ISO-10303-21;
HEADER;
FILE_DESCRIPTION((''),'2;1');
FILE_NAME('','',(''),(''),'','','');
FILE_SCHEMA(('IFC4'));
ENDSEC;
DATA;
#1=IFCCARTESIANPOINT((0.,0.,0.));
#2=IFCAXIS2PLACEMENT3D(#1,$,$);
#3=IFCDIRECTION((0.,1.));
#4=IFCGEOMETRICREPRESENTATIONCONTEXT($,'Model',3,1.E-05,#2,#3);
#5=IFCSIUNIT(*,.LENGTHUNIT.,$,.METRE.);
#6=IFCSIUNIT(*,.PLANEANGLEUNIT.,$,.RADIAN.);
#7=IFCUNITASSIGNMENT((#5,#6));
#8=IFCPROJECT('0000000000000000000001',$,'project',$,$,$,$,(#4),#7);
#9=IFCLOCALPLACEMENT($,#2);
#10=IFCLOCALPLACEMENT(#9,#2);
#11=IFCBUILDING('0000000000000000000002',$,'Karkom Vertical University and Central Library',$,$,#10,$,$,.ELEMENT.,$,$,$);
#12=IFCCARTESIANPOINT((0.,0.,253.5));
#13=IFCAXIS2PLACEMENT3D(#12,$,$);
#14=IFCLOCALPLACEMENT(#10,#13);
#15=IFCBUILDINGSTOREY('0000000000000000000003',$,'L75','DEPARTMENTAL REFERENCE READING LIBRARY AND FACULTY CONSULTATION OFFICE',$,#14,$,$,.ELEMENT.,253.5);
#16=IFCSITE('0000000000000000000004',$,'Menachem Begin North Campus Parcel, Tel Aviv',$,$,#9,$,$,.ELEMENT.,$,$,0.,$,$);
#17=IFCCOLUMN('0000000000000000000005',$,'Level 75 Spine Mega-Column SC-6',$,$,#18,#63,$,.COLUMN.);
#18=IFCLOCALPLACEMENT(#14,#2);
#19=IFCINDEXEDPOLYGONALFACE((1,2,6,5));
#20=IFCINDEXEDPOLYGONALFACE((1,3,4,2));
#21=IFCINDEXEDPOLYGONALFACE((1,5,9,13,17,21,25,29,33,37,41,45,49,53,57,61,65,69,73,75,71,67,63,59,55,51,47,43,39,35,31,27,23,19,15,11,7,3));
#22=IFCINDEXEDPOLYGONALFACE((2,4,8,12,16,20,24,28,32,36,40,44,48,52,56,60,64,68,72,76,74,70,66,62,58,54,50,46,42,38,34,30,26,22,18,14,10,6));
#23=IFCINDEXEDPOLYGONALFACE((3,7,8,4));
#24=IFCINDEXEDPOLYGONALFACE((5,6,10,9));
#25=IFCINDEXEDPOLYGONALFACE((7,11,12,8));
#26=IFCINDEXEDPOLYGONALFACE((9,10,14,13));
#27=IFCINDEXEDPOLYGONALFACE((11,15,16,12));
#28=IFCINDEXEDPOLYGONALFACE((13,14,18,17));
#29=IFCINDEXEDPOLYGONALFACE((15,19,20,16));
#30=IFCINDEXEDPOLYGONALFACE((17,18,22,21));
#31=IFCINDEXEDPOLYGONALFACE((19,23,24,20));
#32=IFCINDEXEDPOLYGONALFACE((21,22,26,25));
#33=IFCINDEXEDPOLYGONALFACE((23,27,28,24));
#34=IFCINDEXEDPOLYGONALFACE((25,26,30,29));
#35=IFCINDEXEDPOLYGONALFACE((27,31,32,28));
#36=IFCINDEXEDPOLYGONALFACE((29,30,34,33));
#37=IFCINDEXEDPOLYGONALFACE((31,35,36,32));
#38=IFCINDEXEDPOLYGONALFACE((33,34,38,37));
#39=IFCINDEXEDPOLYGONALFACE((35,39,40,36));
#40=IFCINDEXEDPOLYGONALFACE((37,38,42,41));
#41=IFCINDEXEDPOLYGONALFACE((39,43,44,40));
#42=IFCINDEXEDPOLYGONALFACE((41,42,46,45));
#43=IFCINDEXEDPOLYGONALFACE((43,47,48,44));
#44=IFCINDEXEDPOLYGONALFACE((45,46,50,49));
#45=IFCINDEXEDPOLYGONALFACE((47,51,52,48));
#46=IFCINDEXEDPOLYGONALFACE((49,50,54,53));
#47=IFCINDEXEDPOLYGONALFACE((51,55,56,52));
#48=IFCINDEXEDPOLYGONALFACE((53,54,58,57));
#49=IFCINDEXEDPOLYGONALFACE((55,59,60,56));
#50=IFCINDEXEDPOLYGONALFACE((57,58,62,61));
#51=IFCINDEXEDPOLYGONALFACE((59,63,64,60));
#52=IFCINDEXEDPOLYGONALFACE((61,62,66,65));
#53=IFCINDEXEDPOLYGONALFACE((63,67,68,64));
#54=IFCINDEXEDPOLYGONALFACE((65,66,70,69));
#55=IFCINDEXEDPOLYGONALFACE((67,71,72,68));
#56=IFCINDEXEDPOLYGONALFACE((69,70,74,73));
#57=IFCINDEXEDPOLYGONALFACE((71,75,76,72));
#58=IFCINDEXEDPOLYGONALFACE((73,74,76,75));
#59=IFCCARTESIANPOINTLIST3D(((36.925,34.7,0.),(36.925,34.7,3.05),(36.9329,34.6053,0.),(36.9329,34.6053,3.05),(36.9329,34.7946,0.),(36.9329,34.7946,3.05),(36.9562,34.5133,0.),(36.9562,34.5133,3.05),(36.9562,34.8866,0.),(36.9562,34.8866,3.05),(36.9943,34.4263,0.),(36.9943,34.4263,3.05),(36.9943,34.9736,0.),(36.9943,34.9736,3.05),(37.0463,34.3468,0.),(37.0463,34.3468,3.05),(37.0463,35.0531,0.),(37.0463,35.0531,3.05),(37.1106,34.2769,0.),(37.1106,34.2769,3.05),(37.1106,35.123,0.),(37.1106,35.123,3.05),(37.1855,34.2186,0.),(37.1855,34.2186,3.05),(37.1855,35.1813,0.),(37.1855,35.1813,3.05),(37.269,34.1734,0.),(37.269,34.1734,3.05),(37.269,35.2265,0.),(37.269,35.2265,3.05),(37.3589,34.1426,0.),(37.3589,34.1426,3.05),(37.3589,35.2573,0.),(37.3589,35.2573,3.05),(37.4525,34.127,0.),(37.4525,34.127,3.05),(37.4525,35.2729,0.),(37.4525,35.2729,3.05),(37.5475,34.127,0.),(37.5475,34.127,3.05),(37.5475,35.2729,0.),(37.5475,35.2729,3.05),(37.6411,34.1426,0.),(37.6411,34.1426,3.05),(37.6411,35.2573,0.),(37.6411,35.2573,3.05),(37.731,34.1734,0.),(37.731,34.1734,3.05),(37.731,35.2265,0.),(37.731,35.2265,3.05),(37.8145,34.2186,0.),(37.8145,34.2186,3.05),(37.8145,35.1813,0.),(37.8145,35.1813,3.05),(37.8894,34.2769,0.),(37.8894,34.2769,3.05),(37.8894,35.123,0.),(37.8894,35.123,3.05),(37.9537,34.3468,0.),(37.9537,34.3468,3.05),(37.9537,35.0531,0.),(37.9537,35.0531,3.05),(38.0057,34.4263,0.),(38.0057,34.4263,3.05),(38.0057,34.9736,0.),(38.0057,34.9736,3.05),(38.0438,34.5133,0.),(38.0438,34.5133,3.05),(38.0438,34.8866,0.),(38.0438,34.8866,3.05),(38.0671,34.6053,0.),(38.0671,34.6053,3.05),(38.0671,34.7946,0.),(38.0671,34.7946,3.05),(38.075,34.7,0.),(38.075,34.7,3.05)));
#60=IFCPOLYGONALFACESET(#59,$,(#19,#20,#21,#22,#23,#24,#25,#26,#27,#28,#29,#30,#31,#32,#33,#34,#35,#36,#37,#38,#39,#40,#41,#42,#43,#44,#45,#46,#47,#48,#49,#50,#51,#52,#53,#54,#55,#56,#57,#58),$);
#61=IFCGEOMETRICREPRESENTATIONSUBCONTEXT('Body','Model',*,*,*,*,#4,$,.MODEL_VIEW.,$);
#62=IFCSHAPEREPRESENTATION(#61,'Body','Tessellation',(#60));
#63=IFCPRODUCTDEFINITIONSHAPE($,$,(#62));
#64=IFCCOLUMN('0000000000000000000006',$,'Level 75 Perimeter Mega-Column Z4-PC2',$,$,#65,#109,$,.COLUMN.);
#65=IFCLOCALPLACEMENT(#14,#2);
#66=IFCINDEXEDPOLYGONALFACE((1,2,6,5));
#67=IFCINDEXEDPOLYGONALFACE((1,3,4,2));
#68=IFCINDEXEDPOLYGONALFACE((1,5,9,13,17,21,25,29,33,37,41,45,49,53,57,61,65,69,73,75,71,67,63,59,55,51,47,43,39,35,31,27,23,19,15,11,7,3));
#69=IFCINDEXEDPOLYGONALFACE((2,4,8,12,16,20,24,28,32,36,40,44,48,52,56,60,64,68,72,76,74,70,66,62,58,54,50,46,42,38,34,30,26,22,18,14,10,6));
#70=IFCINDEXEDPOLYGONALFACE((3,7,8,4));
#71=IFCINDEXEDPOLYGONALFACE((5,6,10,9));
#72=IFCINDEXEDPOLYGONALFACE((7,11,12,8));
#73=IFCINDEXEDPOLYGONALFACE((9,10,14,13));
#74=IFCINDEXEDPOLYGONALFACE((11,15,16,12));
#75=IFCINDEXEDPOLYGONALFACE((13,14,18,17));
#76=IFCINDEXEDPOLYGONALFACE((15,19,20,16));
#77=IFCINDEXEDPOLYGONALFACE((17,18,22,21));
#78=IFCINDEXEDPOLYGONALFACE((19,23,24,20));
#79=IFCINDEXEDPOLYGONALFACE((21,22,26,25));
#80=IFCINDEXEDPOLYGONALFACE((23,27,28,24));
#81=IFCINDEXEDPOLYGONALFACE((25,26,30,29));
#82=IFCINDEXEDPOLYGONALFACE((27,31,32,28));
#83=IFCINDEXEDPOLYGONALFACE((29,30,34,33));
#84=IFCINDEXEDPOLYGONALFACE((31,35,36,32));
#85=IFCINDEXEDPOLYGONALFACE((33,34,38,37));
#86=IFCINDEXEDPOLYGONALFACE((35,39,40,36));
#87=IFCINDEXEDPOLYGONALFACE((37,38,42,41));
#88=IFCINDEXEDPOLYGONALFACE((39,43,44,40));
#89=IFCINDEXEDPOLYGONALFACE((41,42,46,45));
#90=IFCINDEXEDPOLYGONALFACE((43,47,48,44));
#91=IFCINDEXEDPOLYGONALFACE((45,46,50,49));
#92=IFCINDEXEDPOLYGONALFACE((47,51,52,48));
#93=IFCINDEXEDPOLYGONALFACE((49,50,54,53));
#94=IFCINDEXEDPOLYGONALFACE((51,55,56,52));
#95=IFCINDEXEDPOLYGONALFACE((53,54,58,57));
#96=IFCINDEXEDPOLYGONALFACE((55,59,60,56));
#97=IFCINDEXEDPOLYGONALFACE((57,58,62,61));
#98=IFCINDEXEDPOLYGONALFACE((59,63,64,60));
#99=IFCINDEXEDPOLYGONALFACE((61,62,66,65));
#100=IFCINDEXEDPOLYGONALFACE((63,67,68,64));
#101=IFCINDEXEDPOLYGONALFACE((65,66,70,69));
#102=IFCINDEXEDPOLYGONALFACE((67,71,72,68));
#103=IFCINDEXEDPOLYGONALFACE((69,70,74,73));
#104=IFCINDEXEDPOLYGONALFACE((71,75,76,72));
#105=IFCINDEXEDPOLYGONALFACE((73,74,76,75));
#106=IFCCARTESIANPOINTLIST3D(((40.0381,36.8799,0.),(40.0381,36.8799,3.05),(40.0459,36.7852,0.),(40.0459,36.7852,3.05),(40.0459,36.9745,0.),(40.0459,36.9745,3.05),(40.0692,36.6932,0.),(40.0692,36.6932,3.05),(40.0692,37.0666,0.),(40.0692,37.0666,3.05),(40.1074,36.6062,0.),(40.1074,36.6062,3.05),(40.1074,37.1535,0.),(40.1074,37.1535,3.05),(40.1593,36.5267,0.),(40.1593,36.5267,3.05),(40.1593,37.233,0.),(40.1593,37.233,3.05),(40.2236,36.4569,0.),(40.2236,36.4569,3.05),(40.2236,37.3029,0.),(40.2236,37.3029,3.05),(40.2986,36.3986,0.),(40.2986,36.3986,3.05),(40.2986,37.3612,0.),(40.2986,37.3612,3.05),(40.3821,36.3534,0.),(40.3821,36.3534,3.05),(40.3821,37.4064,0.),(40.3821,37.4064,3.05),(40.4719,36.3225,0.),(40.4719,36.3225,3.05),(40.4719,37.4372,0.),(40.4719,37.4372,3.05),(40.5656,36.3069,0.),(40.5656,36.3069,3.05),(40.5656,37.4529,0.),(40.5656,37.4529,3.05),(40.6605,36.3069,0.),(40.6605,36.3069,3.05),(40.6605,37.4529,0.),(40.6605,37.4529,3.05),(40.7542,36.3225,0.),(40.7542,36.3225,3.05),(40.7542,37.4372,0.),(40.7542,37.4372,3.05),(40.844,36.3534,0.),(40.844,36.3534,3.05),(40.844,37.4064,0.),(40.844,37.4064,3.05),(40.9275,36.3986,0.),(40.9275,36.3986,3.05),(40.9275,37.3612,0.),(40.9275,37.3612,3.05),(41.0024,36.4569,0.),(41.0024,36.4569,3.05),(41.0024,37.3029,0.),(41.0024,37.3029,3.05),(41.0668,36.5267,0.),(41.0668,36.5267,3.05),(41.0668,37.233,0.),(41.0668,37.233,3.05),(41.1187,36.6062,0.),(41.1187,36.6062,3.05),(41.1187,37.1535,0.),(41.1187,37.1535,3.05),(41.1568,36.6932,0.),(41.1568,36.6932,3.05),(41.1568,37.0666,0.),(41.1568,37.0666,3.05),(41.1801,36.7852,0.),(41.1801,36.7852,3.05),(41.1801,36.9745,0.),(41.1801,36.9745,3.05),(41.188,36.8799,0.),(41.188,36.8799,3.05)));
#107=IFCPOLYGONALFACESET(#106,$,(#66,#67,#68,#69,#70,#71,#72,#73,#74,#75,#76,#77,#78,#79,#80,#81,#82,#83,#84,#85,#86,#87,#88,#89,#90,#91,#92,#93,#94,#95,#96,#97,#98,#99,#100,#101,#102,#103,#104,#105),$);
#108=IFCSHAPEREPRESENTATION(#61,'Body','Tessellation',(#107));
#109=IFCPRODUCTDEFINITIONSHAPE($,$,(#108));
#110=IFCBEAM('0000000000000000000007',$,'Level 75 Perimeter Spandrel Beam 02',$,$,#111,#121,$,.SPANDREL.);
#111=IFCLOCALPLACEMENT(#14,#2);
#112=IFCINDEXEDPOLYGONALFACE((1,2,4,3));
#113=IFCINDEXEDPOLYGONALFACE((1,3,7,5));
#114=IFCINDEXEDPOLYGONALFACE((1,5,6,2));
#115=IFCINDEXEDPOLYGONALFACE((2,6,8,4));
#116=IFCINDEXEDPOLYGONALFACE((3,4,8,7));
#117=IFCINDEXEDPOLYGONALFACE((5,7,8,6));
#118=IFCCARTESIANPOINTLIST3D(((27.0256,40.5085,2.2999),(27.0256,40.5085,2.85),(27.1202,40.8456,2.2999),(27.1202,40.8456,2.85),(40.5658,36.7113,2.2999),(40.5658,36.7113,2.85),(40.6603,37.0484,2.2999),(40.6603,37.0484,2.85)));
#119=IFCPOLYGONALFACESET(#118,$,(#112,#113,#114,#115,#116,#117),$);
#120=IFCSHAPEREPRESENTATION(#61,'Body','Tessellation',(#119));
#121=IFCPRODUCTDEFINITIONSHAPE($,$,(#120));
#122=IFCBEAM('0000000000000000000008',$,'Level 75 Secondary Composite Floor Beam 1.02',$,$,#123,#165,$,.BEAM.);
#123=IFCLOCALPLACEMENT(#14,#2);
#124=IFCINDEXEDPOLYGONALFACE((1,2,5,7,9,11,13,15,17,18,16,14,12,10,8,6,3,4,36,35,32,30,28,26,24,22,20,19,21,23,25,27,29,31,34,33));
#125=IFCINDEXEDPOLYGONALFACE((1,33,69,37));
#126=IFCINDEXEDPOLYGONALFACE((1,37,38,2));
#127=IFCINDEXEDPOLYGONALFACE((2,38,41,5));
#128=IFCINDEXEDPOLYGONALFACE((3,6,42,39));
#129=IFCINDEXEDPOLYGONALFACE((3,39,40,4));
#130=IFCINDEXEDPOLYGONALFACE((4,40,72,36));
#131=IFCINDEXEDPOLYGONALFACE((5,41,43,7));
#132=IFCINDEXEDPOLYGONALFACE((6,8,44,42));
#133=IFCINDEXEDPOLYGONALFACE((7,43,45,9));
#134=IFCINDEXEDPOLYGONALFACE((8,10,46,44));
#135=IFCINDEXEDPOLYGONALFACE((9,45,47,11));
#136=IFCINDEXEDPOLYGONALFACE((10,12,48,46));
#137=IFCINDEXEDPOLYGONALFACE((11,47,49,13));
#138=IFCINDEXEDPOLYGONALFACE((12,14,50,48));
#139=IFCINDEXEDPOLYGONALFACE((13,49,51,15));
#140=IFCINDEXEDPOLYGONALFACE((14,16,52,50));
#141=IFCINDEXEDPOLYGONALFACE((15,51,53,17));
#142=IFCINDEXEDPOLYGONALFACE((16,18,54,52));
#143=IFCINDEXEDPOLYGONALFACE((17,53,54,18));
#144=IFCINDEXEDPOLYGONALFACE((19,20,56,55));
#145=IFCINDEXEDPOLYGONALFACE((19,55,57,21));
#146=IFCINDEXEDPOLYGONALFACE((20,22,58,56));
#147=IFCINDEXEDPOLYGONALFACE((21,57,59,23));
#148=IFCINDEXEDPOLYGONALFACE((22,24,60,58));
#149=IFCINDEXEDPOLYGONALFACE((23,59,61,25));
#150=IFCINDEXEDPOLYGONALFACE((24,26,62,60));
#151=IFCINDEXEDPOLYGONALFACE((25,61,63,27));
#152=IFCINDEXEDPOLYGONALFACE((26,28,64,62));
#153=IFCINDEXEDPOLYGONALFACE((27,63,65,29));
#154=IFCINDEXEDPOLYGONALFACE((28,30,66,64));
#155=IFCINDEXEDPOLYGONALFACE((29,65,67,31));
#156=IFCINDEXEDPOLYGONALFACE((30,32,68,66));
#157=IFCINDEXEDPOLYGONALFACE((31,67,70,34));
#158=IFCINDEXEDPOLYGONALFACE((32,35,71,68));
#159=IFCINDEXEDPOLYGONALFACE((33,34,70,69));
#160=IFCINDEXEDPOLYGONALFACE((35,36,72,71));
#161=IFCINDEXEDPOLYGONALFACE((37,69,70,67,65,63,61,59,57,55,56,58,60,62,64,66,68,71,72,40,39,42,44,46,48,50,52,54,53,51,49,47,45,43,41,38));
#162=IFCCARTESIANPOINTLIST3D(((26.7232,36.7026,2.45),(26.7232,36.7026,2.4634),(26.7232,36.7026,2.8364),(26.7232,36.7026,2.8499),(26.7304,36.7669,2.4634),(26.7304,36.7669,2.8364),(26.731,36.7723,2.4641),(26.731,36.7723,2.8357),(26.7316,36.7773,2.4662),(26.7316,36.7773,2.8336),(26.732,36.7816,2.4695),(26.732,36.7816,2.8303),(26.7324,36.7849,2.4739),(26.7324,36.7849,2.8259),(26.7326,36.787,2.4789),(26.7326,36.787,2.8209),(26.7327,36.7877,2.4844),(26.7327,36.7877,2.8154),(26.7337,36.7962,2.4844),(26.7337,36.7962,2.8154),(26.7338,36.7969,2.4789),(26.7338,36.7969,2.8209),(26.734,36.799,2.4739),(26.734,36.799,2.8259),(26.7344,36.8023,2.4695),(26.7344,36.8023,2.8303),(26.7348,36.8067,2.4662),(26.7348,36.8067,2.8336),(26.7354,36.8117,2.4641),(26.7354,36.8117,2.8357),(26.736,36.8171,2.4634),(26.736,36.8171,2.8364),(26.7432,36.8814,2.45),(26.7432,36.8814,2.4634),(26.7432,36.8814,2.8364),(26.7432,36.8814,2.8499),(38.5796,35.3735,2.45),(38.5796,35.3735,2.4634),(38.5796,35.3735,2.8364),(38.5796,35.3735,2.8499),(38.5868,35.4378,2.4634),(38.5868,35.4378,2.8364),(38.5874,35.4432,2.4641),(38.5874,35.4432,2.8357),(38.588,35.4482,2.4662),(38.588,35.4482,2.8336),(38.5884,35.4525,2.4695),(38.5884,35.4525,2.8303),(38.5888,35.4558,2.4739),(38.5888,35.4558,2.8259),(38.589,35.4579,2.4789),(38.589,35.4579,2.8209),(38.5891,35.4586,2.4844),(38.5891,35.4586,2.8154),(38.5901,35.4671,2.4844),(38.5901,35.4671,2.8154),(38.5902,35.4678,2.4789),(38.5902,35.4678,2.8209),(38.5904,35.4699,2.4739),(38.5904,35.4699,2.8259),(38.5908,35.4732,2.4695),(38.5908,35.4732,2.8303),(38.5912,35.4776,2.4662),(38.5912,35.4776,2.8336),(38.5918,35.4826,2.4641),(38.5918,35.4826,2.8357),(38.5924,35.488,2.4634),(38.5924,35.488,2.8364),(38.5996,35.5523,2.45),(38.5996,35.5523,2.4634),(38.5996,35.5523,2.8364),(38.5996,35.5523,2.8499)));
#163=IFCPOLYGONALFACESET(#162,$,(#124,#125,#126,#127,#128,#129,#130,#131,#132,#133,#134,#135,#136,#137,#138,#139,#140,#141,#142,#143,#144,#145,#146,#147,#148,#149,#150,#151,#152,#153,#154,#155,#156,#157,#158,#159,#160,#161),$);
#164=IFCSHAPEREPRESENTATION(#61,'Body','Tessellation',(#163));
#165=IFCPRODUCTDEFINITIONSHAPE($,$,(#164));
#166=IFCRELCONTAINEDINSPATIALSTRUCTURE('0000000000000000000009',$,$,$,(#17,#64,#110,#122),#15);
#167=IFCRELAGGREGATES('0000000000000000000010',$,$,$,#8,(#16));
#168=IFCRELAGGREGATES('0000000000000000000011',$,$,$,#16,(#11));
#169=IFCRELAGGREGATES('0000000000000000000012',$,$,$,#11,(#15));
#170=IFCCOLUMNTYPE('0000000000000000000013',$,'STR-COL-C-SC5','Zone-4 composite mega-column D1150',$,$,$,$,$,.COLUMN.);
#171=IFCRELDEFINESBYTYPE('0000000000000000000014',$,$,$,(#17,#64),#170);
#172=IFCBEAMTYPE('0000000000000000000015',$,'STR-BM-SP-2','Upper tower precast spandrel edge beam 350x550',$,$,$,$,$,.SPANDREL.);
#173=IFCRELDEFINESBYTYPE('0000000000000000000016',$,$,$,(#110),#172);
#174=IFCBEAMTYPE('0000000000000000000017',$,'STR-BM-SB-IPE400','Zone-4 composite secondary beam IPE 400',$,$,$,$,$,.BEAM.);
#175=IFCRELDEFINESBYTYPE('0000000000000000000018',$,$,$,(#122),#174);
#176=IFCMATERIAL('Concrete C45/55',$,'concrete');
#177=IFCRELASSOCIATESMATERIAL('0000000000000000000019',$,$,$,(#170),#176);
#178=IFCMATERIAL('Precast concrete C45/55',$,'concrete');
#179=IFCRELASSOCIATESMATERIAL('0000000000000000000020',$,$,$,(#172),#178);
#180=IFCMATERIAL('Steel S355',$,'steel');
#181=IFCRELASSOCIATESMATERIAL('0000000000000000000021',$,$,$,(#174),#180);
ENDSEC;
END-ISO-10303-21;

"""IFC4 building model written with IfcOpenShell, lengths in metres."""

from ifc_helpers import new_model, si_unit, direction, frame, origin, origin_with_axes, origin_2d, place, context, subcontext, project, spatial, rectangle, circle, i_section, extrude, source, transform, mapped, material, material_profile, profile_set, type_object, element, save


model = new_model("IFC4")

# Units and contexts
model_context = context("Model", 3, precision=1e-05, world=origin(), true_north=direction((0.0, 1.0)))
body_context = subcontext(model_context, "Body", "Model", "MODEL_VIEW")
ifc_project = project(units=[si_unit("LENGTHUNIT", "METRE"), si_unit("PLANEANGLEUNIT", "RADIAN")], contexts=[model_context])

# Site, building, storey
site_placement = place(None, origin())
site = spatial("IfcSite", under=ifc_project, at=site_placement, Name="Menachem Begin North Campus Parcel, Tel Aviv", CompositionType="ELEMENT", RefElevation=0.0)
building_placement = place(site_placement, origin())
building = spatial("IfcBuilding", under=site, at=building_placement, Name="Karkom Vertical University and Central Library", CompositionType="ELEMENT")
storey_placement = place(building_placement, frame((0.0, 0.0, 253.5)))
storey = spatial("IfcBuildingStorey", under=building, at=storey_placement, Name="L75", Description="DEPARTMENTAL REFERENCE READING LIBRARY AND FACULTY CONSULTATION OFFICE", CompositionType="ELEMENT", Elevation=253.5)

# Columns
ifc_material_1 = material(Name="Concrete C45/55", Category="concrete")
ifc_material_profile_1 = material_profile(ifc_material_1, circle(Radius=0.575, at=origin_2d()), Name="CFT-D1150")
ifc_profile_set_1 = profile_set([ifc_material_profile_1], Name="Concrete C45/55")
column_type = type_object("IfcColumnType", Name="STR-COL-C-SC5", Description="Zone-4 composite mega-column D1150", PredefinedType="COLUMN", material=ifc_profile_set_1)
shared_shape_1 = source(origin_with_axes(), body_context, "Body", "SweptSolid", [
    extrude(circle(Radius=0.575, at=origin_2d()), origin(), (0.0, 0.0, 1.0), 3.05),
])
for number, where, z_axis, x_axis, name in (
    (1, (37.5, 34.7, 0.0), (0.0, 0.0, 1.0), (1.0, 0.0, 0.0), "Level 75 Spine Mega-Column SC-6"),
    (2, (40.613, 36.8799, 0.0), (0.0, 0.0, 1.0), (1.0, 0.0, 0.0), "Level 75 Perimeter Mega-Column Z4-PC2"),
):
    element("IfcColumn", number, at=place(storey_placement, frame(where, z_axis=z_axis, x_axis=x_axis)), inside=storey, type_object=column_type, Name=name, PredefinedType="COLUMN", context=body_context, shape_type="MappedRepresentation", body=[
        mapped(shared_shape_1, transform((0.0, 0.0, 0.0), scale=1.0)),
    ])

# Beams
ifc_material_2 = material(Name="Precast concrete C45/55", Category="concrete")
ifc_material_profile_2 = material_profile(ifc_material_2, rectangle(XDim=0.3501, YDim=0.55, at=origin_2d()), Name="SPB-350x550")
ifc_profile_set_2 = profile_set([ifc_material_profile_2], Name="Precast concrete C45/55")
beam_type_1 = type_object("IfcBeamType", Name="STR-BM-SP-2", Description="Upper tower precast spandrel edge beam 350x550", PredefinedType="SPANDREL", material=ifc_profile_set_2)
shared_shape_2 = source(origin_with_axes(), body_context, "Body", "SweptSolid", [
    extrude(rectangle(XDim=0.3501, YDim=0.55, at=origin_2d()), origin(), (0.0, 0.0, 1.0), 14.0625),
])
beam_1_placement = place(storey_placement, frame((40.613, 36.8799, 2.575), z_axis=(-0.962855, 0.27002, 0.0), x_axis=(-0.27002, -0.962855, 0.0)))
element("IfcBeam", 3, at=beam_1_placement, inside=storey, type_object=beam_type_1, Name="Level 75 Perimeter Spandrel Beam 02", PredefinedType="SPANDREL", context=body_context, shape_type="MappedRepresentation", body=[
    mapped(shared_shape_2, transform((0.0, 0.0, 0.0), scale=1.0)),
])
ifc_material_3 = material(Name="Steel S355", Category="steel")
ifc_material_profile_3 = material_profile(ifc_material_3, i_section(OverallWidth=0.1799, OverallDepth=0.3999, WebThickness=0.0085, FlangeThickness=0.0134, FilletRadius=0.021, at=origin_2d()), Name="IPE 400")
ifc_profile_set_3 = profile_set([ifc_material_profile_3], Name="Steel S355")
beam_type_2 = type_object("IfcBeamType", Name="STR-BM-SB-IPE400", Description="Zone-4 composite secondary beam IPE 400", PredefinedType="BEAM", material=ifc_profile_set_3)
shared_shape_3 = source(origin_with_axes(), body_context, "Body", "SweptSolid", [
    extrude(i_section(OverallWidth=0.1799, OverallDepth=0.3999, WebThickness=0.0085, FlangeThickness=0.0134, FilletRadius=0.021, at=origin_2d()), origin(), (0.0, 0.0, 1.0), 11.9307),
])
beam_2_placement = place(storey_placement, frame((38.5896, 35.4629, 2.6499), z_axis=(-0.993775, 0.111402, 0.0), x_axis=(-0.111402, -0.993775, 0.0)))
element("IfcBeam", 4, at=beam_2_placement, inside=storey, type_object=beam_type_2, Name="Level 75 Secondary Composite Floor Beam 1.02", PredefinedType="BEAM", context=body_context, shape_type="MappedRepresentation", body=[
    mapped(shared_shape_3, transform((0.0, 0.0, 0.0), scale=1.0)),
])

save(model, "model.ifc")
